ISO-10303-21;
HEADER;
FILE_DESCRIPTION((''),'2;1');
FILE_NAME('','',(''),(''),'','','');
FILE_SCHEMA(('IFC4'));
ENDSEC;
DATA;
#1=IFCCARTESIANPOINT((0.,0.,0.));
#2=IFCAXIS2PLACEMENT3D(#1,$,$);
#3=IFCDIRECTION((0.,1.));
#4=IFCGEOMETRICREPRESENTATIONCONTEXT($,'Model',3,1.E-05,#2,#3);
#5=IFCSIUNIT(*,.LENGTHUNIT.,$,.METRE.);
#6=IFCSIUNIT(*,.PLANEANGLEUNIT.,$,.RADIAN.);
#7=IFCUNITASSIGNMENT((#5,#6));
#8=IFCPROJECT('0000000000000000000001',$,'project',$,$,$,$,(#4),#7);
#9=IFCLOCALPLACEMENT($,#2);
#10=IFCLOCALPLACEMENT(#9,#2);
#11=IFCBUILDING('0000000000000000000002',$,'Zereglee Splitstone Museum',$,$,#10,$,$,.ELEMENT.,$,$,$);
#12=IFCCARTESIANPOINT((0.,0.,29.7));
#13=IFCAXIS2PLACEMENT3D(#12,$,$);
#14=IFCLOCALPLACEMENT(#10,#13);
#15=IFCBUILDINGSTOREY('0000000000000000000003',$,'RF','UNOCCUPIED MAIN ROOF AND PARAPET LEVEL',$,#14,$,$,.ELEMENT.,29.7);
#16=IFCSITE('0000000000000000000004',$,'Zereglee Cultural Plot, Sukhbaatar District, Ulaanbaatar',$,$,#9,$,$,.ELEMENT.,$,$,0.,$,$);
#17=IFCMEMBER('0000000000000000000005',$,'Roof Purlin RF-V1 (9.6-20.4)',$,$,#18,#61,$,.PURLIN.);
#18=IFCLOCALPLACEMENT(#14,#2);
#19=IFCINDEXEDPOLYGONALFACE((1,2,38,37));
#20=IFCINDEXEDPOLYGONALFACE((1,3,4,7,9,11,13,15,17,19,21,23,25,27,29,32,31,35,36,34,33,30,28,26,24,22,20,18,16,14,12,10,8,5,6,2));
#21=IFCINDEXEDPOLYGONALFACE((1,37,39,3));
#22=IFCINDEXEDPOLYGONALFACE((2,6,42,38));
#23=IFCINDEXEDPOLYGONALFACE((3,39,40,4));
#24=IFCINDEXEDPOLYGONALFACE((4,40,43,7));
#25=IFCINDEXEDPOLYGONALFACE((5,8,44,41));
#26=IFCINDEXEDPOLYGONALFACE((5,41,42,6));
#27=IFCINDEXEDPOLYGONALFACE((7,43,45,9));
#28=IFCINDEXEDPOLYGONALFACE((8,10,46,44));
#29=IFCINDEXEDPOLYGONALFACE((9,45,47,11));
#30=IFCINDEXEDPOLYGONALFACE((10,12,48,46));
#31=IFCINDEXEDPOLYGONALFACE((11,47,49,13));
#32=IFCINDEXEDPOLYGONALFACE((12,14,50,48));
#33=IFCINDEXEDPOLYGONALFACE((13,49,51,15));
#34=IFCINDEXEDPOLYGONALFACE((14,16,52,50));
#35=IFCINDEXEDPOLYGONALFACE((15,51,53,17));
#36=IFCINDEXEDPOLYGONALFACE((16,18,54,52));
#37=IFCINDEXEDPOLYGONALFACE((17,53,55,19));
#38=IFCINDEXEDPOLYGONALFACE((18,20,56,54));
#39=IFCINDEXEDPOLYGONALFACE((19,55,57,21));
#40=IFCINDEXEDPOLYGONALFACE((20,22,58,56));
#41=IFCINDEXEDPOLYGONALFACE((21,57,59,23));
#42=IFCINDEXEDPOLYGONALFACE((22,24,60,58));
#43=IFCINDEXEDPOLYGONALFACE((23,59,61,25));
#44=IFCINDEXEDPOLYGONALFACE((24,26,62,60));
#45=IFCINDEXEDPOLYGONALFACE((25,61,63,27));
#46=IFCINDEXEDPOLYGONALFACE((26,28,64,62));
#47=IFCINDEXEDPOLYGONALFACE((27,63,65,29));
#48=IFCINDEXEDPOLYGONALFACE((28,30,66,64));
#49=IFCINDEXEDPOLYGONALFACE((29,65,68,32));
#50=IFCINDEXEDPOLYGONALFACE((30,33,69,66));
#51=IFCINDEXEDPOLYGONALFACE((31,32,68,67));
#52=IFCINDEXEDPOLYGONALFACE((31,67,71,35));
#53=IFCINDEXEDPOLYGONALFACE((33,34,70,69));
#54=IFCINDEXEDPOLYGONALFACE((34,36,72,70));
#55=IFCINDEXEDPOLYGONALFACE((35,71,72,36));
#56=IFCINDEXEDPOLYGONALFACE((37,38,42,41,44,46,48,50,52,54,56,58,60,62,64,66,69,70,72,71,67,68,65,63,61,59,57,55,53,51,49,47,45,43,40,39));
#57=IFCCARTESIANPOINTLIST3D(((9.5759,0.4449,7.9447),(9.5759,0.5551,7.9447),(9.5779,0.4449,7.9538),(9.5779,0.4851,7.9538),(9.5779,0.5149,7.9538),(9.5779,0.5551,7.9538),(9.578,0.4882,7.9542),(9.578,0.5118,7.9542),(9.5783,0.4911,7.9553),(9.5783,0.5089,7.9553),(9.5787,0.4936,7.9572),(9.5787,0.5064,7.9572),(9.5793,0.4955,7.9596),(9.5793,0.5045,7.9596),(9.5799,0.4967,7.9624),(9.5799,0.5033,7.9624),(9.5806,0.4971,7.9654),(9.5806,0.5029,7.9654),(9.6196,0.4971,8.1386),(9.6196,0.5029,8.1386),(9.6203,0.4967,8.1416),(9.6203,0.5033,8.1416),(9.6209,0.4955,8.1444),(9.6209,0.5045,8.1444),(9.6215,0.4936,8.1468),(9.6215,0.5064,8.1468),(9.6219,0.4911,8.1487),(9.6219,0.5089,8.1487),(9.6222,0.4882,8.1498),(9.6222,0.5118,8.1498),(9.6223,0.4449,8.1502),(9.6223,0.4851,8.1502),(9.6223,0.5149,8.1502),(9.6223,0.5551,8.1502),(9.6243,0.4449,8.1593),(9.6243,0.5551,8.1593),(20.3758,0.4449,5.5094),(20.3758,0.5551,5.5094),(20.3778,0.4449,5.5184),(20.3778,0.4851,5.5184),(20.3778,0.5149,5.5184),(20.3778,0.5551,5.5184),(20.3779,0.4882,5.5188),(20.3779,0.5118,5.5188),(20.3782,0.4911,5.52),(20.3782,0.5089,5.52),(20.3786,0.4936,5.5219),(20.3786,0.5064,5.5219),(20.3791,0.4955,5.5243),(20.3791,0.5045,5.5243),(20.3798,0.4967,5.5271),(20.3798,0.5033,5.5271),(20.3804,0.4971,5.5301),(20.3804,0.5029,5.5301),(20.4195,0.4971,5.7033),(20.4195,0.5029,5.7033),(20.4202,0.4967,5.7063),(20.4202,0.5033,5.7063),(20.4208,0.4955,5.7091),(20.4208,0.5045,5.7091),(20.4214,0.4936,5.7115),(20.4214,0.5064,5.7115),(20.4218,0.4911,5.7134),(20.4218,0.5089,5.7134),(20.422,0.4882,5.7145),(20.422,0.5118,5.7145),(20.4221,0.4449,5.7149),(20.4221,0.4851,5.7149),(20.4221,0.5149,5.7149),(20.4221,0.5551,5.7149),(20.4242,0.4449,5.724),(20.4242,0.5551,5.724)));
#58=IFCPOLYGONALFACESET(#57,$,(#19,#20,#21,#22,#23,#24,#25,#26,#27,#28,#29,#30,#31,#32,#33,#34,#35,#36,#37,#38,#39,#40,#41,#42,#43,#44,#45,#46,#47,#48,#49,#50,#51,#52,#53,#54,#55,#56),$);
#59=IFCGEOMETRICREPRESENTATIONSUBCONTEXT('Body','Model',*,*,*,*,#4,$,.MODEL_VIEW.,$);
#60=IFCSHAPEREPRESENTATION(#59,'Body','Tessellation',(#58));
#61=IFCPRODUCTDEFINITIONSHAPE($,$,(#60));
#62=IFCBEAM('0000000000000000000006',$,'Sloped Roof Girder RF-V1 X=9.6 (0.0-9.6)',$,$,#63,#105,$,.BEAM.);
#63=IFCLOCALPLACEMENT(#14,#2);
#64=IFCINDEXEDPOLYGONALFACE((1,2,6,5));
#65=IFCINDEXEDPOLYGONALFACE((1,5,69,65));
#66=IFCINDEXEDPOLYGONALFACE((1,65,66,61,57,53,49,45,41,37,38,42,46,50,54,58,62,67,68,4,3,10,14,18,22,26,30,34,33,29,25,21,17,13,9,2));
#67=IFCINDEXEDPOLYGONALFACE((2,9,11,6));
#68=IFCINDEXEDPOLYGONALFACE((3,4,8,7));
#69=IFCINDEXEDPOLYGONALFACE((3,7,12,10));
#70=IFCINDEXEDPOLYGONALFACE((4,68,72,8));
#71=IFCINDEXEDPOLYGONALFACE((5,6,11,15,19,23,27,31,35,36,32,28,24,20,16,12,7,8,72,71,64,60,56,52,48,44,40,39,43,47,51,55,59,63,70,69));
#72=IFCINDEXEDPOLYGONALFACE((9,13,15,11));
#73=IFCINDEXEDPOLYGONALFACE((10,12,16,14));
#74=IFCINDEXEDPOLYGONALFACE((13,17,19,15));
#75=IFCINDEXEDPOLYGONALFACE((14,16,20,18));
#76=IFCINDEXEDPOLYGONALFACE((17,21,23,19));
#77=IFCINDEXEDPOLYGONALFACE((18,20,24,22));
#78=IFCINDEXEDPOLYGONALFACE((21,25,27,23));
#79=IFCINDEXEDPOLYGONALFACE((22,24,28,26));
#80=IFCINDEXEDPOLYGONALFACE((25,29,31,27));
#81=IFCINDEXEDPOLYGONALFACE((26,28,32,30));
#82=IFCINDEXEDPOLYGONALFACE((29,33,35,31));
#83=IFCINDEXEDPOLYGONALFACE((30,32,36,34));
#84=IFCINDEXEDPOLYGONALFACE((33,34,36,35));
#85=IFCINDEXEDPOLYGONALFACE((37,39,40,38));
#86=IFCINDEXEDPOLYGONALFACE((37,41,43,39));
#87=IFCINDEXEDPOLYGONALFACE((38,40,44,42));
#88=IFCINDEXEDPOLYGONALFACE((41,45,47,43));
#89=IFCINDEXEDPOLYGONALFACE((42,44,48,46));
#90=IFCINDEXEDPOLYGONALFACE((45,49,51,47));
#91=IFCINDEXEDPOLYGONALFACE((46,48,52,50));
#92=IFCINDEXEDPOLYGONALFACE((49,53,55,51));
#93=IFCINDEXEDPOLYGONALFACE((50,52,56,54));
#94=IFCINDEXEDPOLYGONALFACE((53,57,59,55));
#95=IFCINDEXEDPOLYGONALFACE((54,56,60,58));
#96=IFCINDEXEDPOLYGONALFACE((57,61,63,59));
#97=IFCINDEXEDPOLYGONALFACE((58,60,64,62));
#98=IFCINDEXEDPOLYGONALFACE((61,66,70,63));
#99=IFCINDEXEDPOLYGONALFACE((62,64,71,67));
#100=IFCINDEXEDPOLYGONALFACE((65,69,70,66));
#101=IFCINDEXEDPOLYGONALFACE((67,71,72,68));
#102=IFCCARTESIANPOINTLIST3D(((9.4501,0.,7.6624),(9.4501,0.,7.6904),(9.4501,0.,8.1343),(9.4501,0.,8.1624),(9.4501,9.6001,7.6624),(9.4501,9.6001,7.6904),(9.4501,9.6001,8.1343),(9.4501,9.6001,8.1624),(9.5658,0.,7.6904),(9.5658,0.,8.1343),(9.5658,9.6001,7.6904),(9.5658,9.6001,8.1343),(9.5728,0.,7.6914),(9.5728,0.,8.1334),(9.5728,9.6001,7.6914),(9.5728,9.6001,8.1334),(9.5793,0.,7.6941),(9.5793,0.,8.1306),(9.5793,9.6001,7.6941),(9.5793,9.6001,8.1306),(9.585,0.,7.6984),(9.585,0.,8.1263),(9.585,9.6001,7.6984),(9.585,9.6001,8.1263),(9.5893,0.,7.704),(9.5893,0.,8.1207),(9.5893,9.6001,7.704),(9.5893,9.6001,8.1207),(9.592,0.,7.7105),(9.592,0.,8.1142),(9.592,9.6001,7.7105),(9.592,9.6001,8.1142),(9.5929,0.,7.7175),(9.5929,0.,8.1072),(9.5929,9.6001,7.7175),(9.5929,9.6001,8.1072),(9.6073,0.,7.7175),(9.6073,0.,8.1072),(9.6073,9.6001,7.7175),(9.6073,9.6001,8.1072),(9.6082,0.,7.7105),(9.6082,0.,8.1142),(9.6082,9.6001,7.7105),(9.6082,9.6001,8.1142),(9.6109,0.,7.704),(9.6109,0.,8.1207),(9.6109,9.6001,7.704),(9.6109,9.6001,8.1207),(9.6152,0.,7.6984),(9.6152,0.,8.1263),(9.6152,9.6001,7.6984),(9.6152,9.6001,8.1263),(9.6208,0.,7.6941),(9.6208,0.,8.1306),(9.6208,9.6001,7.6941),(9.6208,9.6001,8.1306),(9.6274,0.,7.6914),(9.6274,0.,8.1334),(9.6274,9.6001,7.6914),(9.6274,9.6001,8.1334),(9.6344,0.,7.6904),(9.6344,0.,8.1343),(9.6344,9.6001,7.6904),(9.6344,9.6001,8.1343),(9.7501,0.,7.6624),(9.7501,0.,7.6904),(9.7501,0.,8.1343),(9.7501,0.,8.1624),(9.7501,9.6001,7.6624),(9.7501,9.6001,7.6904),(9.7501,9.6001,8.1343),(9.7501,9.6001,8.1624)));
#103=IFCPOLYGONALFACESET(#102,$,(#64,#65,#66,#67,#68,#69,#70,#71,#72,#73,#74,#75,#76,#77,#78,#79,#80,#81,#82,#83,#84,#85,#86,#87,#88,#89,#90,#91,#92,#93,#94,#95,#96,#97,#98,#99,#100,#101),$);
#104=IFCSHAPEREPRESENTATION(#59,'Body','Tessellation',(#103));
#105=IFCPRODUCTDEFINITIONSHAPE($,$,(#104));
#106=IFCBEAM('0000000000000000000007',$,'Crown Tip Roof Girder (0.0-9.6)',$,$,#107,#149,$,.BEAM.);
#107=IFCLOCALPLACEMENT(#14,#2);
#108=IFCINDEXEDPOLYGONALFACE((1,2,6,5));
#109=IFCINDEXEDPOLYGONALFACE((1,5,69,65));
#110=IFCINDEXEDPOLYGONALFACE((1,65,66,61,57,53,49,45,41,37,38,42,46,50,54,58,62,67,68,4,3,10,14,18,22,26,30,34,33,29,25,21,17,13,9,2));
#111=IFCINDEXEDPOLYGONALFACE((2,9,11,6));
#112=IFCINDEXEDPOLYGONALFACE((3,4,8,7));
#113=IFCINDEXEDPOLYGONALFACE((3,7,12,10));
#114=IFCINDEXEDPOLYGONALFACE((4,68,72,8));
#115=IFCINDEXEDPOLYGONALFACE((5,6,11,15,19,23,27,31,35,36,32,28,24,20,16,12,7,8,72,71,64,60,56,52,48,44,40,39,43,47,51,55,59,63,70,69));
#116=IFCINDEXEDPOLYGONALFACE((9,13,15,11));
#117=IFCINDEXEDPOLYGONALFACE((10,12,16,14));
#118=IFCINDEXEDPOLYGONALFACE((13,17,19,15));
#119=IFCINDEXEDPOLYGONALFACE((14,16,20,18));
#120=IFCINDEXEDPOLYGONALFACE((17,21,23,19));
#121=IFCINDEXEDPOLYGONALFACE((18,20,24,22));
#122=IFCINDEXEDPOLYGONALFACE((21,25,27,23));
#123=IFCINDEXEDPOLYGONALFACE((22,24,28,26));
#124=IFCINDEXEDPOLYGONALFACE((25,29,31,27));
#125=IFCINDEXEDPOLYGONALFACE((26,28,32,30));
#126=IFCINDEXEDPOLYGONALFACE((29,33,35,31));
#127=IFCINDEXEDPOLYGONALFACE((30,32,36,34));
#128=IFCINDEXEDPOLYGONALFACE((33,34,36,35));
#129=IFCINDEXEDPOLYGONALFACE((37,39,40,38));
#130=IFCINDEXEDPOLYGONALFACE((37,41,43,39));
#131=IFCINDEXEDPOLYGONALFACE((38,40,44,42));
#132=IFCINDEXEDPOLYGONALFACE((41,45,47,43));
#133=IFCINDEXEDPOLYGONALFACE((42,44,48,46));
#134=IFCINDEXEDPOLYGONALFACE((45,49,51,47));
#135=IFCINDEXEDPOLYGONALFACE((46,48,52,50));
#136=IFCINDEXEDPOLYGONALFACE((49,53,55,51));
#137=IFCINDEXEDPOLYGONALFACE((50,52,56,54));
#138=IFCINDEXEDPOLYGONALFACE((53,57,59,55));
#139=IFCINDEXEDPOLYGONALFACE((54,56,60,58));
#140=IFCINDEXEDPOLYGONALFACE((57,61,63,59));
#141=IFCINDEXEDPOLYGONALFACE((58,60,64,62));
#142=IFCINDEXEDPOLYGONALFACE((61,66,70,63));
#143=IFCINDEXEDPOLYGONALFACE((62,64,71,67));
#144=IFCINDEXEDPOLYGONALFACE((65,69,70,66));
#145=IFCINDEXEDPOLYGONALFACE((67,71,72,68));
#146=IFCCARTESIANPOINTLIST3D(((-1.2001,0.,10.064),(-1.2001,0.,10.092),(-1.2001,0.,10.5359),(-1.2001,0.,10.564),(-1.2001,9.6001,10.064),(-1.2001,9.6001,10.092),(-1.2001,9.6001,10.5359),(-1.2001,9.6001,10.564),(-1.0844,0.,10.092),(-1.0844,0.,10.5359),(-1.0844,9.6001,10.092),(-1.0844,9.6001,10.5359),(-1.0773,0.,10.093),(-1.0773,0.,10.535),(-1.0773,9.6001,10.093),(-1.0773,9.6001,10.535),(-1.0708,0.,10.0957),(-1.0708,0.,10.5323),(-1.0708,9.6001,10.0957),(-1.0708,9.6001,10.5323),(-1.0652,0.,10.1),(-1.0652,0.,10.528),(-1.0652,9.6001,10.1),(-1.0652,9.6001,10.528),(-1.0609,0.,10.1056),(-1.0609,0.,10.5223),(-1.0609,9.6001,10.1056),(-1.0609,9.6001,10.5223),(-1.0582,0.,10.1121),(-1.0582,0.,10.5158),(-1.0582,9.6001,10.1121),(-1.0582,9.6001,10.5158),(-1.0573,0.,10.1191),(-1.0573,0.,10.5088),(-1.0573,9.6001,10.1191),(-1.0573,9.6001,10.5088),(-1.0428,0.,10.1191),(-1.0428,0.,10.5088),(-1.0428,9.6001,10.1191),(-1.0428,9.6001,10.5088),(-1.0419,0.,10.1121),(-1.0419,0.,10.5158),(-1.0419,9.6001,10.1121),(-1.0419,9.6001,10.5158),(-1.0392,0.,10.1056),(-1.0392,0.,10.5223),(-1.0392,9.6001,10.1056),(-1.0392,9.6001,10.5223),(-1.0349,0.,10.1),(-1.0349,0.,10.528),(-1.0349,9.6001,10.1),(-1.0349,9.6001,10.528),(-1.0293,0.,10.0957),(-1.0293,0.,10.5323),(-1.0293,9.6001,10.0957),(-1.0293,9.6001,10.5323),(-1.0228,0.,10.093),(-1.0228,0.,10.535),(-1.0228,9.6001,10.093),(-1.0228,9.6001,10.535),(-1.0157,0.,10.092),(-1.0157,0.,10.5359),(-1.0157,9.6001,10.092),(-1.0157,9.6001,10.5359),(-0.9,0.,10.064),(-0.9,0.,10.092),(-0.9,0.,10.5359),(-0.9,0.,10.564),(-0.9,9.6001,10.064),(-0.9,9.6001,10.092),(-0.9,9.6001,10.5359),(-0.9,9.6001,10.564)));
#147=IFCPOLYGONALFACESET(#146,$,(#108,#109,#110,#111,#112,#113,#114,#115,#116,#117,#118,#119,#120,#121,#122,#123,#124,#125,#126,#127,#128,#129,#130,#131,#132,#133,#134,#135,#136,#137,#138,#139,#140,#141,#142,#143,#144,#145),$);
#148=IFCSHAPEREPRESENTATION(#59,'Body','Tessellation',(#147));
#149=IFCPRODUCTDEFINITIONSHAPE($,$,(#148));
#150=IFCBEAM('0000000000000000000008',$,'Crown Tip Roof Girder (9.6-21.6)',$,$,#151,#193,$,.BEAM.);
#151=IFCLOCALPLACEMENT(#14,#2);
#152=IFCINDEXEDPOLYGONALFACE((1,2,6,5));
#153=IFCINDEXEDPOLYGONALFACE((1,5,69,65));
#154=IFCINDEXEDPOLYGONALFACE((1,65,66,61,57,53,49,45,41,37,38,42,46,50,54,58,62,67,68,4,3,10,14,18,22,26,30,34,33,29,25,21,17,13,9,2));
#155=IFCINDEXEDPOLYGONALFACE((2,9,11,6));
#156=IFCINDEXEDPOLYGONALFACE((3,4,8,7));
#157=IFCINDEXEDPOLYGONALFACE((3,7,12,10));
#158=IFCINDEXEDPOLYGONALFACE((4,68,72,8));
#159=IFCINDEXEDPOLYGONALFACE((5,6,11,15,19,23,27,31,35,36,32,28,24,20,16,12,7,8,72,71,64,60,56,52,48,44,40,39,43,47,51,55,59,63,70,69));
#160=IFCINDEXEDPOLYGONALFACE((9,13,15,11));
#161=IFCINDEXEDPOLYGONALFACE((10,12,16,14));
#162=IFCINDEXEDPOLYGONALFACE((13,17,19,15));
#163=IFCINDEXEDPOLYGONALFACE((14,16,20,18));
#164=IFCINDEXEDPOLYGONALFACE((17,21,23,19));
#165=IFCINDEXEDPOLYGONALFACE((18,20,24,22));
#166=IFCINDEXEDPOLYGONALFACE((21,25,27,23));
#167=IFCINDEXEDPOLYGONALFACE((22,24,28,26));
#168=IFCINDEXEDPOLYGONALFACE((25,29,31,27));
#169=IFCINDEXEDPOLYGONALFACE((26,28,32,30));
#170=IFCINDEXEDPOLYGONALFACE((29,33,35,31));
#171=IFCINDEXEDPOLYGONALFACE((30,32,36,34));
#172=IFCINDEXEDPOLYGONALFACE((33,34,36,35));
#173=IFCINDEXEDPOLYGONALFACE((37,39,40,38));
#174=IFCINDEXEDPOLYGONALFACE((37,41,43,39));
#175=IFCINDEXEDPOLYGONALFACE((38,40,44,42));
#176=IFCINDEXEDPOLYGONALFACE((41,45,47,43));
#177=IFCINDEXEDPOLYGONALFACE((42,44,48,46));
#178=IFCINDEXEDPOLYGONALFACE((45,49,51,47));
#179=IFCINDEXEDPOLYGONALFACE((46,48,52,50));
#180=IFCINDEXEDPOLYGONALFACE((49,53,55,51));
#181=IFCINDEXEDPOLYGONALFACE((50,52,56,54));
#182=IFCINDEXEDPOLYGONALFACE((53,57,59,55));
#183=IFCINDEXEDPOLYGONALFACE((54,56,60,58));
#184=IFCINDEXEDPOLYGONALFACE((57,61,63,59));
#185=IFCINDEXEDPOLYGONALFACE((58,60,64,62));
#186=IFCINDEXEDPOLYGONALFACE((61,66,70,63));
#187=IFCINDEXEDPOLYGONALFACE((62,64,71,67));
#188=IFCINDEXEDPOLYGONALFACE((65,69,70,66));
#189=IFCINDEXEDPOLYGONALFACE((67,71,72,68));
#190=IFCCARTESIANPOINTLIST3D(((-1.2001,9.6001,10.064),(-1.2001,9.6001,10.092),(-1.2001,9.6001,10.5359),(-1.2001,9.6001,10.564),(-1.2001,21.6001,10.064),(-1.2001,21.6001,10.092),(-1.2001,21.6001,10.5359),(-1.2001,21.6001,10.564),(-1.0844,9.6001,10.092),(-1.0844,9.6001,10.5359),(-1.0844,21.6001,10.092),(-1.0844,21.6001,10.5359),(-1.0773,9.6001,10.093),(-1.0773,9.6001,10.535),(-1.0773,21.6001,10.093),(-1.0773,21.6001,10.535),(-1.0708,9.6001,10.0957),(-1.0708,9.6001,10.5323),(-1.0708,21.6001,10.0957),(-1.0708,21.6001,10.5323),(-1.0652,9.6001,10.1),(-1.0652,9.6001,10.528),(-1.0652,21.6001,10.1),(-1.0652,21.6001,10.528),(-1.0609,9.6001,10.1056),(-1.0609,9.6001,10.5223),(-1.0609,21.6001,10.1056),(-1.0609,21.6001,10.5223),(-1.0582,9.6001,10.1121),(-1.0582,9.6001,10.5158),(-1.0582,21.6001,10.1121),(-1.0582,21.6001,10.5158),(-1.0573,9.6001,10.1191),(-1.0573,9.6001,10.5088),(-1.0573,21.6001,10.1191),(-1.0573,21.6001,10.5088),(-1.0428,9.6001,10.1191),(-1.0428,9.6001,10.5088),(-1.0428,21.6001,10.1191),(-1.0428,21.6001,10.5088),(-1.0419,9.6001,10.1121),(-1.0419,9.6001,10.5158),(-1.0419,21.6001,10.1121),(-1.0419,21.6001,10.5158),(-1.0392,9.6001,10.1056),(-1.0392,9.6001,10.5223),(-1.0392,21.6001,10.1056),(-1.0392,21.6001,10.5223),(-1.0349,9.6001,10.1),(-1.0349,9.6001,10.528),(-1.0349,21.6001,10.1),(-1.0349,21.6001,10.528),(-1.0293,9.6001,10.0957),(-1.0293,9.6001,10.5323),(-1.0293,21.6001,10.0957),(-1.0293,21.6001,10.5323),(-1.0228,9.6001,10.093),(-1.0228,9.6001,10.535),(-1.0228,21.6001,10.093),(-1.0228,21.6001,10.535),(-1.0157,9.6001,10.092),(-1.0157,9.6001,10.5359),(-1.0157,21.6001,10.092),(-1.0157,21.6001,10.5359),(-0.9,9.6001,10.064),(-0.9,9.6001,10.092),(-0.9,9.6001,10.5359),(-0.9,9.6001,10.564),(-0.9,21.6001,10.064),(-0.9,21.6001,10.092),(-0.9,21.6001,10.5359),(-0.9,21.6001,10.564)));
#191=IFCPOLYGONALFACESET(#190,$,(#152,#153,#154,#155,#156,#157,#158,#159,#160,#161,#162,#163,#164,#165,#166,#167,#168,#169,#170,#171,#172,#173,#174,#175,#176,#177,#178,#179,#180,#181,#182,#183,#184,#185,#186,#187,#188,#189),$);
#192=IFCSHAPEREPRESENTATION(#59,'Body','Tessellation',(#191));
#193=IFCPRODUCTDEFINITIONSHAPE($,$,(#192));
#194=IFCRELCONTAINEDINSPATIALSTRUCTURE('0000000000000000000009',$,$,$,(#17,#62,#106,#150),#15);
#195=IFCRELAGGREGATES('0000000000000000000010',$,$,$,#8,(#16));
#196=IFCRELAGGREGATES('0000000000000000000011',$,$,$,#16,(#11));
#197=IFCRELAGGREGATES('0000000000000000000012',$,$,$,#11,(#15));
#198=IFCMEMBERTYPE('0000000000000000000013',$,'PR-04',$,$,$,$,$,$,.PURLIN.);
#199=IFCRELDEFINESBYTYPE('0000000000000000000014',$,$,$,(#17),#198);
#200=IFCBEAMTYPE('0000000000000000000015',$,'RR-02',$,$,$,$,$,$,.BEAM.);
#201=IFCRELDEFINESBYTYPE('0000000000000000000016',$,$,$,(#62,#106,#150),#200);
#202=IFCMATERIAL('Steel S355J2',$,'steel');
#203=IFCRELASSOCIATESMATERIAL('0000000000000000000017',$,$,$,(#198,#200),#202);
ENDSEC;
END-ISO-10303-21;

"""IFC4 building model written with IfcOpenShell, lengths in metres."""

from ifc_helpers import new_model, si_unit, direction, frame, origin, origin_2d, place, context, subcontext, project, spatial, i_section, extrude, material, material_profile, profile_set, type_object, element, save


model = new_model("IFC4")

# Units and contexts
model_context = context("Model", 3, precision=1e-05, world=origin(), true_north=direction((0.0, 1.0)))
body_context = subcontext(model_context, "Body", "Model", "MODEL_VIEW")
ifc_project = project(units=[si_unit("LENGTHUNIT", "METRE"), si_unit("PLANEANGLEUNIT", "RADIAN")], contexts=[model_context])

# Site, building, storey
site_placement = place(None, origin())
site = spatial("IfcSite", under=ifc_project, at=site_placement, Name="Zereglee Cultural Plot, Sukhbaatar District, Ulaanbaatar", CompositionType="ELEMENT", RefElevation=0.0)
building_placement = place(site_placement, origin())
building = spatial("IfcBuilding", under=site, at=building_placement, Name="Zereglee Splitstone Museum", CompositionType="ELEMENT")
storey_placement = place(building_placement, frame((0.0, 0.0, 29.7)))
storey = spatial("IfcBuildingStorey", under=building, at=storey_placement, Name="RF", Description="UNOCCUPIED MAIN ROOF AND PARAPET LEVEL", CompositionType="ELEMENT", Elevation=29.7)

# Shared definitions
ifc_material_1 = material(Name="Steel S355J2", Category="steel")

# Member
ifc_material_profile_1 = material_profile(ifc_material_1, i_section(OverallWidth=0.1101, OverallDepth=0.22, WebThickness=0.0059, FlangeThickness=0.0093, FilletRadius=0.012, at=origin_2d()), Name="IPE 220")
ifc_profile_set_1 = profile_set([ifc_material_profile_1], Name="Steel S355J2")
member_type_1 = type_object("IfcMemberType", Name="PR-04", PredefinedType="PURLIN", material=ifc_profile_set_1)
member_1_placement = place(storey_placement, frame((9.6001, 0.5, 8.052), z_axis=(0.975506, 0.0, -0.219972), x_axis=(0.0, 1.0, 0.0)))
element("IfcMember", 1, at=member_1_placement, inside=storey, type_object=member_type_1, Name="Roof Purlin RF-V1 (9.6-20.4)", PredefinedType="PURLIN", context=body_context, shape_type="SweptSolid", body=[
    extrude(i_section(OverallWidth=0.1101, OverallDepth=0.22, WebThickness=0.0059, FlangeThickness=0.0093, FilletRadius=0.012, at=origin_2d()), origin(), (0.0, 0.0, 1.0), 11.071),
])

# Beams
ifc_material_profile_2 = material_profile(ifc_material_1, i_section(OverallWidth=0.3, OverallDepth=0.5, WebThickness=0.0144, FlangeThickness=0.0281, FilletRadius=0.0271, at=origin_2d()), Name="HE 500 B")
ifc_profile_set_2 = profile_set([ifc_material_profile_2], Name="Steel S355J2")
beam_type = type_object("IfcBeamType", Name="RR-02", PredefinedType="BEAM", material=ifc_profile_set_2)
for number, where, z_axis, x_axis, name in (
    (2, (9.6001, 0.0, 7.9124), (0.0, 1.0, 0.0), (-1.0, 0.0, 0.0), "Sloped Roof Girder RF-V1 X=9.6 (0.0-9.6)"),
    (3, (-1.05, 0.0, 10.314), (0.0, 1.0, 0.0), (-1.0, 0.0, 0.0), "Crown Tip Roof Girder (0.0-9.6)"),
):
    element("IfcBeam", number, at=place(storey_placement, frame(where, z_axis=z_axis, x_axis=x_axis)), inside=storey, type_object=beam_type, Name=name, PredefinedType="BEAM", context=body_context, shape_type="SweptSolid", body=[
        extrude(i_section(OverallWidth=0.3, OverallDepth=0.5, WebThickness=0.0144, FlangeThickness=0.0281, FilletRadius=0.0271, at=origin_2d()), origin(), (0.0, 0.0, 1.0), 9.6001),
    ])
beam_placement = place(storey_placement, frame((-1.05, 9.6001, 10.314), z_axis=(0.0, 1.0, 0.0), x_axis=(-1.0, 0.0, 0.0)))
element("IfcBeam", 4, at=beam_placement, inside=storey, type_object=beam_type, Name="Crown Tip Roof Girder (9.6-21.6)", PredefinedType="BEAM", context=body_context, shape_type="SweptSolid", body=[
    extrude(i_section(OverallWidth=0.3, OverallDepth=0.5, WebThickness=0.0144, FlangeThickness=0.0281, FilletRadius=0.0271, at=origin_2d()), origin(), (0.0, 0.0, 1.0), 12.0),
])

save(model, "model.ifc")
